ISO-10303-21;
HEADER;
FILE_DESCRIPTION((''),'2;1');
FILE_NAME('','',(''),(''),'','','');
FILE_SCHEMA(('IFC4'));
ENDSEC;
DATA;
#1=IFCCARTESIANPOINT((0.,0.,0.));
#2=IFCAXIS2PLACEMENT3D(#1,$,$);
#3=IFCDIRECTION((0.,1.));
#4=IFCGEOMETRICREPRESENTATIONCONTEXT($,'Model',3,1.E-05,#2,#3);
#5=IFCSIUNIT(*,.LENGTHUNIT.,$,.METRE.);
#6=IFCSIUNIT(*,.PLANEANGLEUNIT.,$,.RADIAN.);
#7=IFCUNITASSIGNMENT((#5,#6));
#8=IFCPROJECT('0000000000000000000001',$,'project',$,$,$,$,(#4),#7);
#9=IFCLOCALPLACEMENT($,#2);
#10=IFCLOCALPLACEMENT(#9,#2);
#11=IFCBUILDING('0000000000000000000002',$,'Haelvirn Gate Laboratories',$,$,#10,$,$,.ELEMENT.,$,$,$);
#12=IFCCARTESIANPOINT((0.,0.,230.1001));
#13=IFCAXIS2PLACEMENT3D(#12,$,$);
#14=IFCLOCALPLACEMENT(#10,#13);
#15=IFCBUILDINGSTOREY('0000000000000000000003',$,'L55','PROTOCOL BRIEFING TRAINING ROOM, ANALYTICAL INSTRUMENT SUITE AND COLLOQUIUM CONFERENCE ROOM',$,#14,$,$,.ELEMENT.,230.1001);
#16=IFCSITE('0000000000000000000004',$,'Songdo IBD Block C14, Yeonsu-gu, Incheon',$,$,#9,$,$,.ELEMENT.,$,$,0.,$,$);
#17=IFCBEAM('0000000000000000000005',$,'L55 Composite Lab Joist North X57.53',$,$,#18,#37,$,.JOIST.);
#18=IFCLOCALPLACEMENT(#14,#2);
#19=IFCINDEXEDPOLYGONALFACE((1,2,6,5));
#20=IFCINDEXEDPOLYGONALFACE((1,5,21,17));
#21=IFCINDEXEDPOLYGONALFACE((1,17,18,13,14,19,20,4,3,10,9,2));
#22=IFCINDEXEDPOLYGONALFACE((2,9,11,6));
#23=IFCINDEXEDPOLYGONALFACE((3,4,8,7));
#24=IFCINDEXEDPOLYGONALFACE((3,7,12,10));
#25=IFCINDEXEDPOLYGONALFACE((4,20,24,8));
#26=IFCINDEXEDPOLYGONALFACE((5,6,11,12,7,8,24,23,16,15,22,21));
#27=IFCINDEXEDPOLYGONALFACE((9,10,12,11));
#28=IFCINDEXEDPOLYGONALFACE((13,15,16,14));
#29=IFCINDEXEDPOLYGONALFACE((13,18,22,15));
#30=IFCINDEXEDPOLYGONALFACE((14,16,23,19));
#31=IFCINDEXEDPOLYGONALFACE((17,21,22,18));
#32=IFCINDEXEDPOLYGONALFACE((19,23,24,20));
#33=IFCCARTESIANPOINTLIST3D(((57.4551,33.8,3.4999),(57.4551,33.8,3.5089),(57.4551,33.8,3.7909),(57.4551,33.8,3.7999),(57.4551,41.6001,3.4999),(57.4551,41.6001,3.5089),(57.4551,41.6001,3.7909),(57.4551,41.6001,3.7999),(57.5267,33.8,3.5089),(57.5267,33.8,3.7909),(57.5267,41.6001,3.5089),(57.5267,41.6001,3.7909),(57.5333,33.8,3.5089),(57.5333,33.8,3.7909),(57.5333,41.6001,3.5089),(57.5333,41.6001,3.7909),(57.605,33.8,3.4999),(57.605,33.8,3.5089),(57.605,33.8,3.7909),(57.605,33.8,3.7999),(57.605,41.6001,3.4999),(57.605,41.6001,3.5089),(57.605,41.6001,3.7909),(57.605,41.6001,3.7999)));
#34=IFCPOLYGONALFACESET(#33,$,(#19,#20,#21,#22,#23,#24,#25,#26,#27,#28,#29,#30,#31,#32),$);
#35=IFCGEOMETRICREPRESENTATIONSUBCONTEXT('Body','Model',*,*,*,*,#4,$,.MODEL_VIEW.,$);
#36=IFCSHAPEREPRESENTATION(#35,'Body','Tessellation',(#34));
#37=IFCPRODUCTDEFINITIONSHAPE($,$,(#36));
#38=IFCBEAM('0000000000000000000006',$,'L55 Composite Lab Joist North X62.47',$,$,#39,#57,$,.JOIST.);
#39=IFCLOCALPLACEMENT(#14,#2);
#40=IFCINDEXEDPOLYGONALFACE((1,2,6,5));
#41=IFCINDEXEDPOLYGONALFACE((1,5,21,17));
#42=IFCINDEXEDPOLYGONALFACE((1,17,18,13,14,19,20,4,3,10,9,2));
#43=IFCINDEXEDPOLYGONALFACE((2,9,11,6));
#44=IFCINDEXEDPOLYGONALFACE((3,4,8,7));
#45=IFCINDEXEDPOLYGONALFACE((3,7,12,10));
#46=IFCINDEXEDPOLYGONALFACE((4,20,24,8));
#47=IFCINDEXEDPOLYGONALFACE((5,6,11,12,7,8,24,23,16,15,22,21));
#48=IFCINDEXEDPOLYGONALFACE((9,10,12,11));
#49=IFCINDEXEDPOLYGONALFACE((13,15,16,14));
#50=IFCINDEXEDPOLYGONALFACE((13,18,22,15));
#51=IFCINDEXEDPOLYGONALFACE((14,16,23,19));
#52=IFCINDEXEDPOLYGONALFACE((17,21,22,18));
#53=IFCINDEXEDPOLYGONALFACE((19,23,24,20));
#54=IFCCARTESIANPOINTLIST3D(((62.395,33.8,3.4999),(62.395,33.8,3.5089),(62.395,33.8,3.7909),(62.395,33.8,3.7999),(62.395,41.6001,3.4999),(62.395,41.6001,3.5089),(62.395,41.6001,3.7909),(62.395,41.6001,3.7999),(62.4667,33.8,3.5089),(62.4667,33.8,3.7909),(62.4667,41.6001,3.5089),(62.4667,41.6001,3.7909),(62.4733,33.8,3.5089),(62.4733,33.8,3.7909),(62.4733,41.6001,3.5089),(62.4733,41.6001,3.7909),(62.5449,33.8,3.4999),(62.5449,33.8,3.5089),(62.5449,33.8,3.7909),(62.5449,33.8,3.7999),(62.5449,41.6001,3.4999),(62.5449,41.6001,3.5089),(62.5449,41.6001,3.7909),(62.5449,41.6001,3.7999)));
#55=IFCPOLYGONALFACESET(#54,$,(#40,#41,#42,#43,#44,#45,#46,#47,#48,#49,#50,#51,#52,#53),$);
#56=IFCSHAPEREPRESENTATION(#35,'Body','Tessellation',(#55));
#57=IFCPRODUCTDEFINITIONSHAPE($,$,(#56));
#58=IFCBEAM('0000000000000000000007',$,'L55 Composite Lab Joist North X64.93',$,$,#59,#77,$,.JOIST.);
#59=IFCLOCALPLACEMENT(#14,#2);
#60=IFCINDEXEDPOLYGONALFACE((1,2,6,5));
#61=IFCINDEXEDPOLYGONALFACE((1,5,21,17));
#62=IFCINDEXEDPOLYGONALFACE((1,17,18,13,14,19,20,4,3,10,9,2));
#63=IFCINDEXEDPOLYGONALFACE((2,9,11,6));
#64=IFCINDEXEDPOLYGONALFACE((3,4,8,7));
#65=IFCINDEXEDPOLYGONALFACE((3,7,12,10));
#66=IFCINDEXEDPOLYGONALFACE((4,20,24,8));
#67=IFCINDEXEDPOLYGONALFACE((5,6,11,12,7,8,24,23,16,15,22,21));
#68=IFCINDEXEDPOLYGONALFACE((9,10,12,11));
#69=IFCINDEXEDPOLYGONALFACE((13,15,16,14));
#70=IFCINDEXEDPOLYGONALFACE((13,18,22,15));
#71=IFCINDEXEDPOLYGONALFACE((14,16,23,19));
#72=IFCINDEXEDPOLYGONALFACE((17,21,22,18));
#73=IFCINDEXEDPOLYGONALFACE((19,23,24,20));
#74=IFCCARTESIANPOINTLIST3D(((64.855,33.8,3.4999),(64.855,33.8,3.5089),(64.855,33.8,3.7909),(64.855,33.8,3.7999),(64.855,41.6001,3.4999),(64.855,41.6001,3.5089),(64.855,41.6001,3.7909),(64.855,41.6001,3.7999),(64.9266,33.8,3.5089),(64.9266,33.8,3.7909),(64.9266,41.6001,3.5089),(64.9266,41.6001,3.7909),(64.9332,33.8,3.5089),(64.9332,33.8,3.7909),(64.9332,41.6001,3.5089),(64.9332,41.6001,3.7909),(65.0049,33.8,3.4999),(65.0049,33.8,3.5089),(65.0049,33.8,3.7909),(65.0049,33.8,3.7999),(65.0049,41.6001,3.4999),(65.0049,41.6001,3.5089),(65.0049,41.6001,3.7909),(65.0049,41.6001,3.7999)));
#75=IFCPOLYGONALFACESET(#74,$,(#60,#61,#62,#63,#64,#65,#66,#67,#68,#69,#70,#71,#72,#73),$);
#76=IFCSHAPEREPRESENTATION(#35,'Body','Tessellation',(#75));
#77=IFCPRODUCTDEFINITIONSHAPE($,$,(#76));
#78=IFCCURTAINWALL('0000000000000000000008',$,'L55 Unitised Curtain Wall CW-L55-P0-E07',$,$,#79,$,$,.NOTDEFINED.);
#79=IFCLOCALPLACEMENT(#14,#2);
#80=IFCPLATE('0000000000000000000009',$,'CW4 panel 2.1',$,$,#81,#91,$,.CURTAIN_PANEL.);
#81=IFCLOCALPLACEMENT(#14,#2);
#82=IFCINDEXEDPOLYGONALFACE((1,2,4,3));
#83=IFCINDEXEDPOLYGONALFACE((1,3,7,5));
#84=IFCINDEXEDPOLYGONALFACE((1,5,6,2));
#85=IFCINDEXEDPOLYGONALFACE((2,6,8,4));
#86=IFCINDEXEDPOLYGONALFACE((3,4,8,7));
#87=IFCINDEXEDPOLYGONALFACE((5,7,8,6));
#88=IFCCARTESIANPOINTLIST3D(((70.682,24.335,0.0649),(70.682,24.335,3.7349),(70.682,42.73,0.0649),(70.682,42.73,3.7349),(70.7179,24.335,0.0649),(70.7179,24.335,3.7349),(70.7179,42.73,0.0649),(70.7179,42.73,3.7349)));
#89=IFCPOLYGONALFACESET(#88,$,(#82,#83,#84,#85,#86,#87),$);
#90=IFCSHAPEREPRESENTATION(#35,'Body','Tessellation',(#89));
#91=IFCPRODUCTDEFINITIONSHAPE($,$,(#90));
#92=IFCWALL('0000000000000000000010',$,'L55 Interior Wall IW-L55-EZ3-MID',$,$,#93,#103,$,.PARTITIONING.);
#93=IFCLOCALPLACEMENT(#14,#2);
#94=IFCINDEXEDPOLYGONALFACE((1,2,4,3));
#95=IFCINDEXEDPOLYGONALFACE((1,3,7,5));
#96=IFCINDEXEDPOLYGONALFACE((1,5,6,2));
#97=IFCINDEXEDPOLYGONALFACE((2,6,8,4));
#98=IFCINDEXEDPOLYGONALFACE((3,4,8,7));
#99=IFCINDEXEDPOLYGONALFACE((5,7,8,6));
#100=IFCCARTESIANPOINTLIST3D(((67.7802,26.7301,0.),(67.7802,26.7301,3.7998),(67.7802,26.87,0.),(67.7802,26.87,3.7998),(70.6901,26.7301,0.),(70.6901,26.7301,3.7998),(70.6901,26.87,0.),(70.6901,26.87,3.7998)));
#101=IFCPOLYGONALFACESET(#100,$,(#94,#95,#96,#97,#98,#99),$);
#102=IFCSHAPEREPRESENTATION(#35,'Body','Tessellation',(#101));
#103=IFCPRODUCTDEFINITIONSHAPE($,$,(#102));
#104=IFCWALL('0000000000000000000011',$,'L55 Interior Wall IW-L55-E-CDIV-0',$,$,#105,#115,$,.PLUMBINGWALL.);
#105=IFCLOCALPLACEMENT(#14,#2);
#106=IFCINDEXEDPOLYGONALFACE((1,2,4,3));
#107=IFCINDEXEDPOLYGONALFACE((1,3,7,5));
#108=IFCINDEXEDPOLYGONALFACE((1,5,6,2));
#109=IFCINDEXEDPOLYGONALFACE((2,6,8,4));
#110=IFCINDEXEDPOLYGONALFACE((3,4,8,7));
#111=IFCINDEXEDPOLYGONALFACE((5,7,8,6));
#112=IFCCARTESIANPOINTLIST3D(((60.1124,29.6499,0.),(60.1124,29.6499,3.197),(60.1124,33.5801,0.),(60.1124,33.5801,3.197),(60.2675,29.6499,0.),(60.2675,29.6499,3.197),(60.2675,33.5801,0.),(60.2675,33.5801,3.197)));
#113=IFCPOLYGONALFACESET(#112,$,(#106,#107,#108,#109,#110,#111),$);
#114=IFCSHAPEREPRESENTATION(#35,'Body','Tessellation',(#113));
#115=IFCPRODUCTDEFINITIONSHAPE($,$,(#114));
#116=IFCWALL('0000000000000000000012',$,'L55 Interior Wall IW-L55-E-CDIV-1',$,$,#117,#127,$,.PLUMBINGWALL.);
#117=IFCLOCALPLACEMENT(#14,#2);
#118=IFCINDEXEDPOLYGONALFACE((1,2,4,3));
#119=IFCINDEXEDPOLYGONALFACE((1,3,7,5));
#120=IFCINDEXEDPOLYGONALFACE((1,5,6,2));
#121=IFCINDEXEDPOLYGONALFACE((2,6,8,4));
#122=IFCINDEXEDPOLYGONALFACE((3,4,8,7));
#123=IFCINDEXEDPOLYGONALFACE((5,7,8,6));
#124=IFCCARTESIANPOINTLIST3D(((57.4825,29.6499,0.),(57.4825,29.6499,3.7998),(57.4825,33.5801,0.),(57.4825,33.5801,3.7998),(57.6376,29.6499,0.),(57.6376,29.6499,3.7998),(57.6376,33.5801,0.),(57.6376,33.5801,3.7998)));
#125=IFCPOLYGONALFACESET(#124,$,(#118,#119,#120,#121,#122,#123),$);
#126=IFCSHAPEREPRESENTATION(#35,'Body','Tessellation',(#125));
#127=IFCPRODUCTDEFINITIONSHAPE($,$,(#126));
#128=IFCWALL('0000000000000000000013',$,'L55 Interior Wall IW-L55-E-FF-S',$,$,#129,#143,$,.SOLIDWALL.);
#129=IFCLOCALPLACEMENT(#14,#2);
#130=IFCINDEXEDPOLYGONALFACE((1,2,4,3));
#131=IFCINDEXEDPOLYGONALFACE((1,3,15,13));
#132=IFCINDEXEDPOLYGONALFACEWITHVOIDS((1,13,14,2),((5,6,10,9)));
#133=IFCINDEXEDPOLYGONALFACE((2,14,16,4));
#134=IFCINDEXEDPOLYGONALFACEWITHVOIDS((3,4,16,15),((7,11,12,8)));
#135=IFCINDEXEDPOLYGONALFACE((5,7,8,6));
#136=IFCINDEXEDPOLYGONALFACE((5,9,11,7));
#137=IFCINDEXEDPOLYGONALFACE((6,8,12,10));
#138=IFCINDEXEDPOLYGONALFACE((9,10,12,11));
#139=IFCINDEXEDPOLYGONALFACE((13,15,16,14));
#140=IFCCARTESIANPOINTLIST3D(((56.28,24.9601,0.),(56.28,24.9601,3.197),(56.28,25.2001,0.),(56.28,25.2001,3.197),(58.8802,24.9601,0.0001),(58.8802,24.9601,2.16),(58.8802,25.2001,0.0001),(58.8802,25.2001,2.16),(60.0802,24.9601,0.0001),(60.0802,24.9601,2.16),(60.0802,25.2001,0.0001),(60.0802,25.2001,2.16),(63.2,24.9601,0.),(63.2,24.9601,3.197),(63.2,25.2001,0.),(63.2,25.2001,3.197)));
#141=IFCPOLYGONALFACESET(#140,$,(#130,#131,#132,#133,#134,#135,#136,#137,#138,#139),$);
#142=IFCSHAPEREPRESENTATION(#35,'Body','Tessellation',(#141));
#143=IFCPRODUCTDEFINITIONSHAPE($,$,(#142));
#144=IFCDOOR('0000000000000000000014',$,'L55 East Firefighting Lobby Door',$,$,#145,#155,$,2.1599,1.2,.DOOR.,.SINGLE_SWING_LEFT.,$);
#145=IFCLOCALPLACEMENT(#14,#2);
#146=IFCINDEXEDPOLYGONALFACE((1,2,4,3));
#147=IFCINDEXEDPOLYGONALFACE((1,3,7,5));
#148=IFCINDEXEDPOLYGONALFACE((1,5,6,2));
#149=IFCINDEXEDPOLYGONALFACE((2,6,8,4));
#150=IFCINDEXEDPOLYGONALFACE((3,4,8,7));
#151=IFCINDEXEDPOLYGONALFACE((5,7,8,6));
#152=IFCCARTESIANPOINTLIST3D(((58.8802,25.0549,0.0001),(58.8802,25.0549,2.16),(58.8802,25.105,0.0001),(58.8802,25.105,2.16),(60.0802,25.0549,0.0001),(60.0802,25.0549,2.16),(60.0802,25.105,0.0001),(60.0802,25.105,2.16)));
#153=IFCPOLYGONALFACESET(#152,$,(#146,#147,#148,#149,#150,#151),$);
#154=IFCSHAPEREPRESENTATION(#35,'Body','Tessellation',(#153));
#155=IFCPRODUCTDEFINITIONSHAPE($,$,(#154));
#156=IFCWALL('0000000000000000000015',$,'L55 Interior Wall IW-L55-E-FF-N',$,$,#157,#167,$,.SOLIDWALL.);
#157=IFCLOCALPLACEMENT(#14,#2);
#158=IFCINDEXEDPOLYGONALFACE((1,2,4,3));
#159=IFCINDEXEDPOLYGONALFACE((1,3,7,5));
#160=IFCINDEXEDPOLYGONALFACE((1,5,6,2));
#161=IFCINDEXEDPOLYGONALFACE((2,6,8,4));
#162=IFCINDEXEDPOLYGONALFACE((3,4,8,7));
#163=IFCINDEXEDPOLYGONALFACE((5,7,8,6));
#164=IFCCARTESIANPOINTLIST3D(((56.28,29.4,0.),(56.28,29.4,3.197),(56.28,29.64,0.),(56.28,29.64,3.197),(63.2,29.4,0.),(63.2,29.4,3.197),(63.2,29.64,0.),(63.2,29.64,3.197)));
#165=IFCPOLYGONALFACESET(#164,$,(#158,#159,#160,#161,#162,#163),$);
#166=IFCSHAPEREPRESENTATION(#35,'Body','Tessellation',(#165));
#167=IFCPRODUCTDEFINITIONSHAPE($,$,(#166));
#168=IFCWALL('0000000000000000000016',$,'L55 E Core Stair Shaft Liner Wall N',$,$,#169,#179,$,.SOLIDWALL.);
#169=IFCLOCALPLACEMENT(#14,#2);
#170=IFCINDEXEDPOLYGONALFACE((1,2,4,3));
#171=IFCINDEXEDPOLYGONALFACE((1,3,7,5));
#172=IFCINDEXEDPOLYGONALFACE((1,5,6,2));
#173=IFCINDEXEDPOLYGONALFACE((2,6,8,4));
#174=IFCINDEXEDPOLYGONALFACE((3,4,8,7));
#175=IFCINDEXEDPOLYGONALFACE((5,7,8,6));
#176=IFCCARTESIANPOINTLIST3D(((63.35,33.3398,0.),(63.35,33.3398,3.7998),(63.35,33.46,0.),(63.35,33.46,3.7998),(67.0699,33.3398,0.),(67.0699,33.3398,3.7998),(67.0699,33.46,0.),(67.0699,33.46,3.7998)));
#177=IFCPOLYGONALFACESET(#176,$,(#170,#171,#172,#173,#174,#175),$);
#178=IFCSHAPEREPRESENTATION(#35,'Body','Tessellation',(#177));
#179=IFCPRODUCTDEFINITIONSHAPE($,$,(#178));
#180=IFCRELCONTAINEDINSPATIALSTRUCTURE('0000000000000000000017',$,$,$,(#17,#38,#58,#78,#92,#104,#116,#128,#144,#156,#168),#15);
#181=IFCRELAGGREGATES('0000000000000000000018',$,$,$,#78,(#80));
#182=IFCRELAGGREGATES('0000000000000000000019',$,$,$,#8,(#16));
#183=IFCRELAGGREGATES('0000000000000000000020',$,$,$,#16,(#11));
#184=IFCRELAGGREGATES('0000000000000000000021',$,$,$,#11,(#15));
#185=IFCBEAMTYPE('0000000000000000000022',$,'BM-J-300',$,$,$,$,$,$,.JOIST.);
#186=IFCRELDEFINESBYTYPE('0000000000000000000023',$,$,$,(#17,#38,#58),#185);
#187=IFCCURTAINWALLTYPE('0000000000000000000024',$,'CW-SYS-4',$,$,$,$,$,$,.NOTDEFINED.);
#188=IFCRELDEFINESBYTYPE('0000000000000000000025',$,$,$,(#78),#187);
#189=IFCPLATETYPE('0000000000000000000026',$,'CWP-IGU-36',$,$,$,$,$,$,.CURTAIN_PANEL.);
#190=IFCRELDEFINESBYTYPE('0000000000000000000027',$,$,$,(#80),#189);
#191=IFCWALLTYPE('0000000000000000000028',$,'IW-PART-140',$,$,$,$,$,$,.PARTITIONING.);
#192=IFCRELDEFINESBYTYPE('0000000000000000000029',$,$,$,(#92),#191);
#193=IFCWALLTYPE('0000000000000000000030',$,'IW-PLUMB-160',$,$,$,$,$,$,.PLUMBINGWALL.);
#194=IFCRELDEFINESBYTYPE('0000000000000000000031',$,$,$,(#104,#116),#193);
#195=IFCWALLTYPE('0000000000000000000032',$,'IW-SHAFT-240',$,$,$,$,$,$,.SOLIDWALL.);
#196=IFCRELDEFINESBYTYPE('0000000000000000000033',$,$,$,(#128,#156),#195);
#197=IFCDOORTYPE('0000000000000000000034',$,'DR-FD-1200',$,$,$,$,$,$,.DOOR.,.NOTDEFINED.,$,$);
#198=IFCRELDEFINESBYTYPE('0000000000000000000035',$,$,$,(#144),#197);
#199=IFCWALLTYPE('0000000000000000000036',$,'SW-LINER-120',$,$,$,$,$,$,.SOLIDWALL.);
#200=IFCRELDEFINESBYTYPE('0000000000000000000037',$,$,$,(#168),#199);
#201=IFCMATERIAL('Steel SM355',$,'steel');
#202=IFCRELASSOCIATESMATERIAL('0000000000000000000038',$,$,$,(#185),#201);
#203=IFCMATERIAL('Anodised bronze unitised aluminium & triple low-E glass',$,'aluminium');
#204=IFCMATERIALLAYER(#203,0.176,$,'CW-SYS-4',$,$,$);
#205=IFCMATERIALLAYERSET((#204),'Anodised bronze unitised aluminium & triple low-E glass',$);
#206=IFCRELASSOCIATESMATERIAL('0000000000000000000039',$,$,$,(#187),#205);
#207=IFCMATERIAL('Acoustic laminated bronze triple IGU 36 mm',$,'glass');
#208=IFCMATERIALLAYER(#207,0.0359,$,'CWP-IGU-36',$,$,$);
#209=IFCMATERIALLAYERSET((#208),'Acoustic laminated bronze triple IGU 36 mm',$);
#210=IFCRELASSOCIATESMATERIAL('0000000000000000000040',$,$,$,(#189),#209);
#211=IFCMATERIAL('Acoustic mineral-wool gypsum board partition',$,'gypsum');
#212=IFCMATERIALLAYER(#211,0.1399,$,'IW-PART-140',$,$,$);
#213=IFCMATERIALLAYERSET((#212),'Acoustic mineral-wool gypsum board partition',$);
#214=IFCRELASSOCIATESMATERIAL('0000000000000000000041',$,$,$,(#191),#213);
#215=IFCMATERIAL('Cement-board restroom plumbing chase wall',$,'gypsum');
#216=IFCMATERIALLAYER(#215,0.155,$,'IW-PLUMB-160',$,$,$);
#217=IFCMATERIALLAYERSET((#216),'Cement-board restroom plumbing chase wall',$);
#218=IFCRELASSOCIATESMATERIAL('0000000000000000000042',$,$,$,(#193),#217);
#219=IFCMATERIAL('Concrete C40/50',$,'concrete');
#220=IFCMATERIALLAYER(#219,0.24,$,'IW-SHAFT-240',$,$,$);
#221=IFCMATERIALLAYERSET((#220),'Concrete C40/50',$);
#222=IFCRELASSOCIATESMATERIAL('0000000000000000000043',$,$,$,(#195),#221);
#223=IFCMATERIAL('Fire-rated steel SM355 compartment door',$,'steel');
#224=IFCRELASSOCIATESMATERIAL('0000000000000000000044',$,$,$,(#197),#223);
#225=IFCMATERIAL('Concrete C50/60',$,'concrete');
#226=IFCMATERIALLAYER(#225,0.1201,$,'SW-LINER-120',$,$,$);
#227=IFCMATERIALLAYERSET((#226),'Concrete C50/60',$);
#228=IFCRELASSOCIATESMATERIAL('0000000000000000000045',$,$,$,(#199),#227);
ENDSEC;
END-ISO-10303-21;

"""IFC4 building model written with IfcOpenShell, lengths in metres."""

from ifc_helpers import new_model, si_unit, direction, frame, frame_2d, origin, origin_2d, place, context, subcontext, project, spatial, rectangle, i_section, extrude, source, transform, mapped, material, layer, layer_set, material_profile, profile_set, type_object, type_shapes, element, fill, aggregate, save


model = new_model("IFC4")

# Units and contexts
model_context = context("Model", 3, precision=1e-05, world=origin(), true_north=direction((0.0, 1.0)))
body_context = subcontext(model_context, "Body", "Model", "MODEL_VIEW")
ifc_project = project(units=[si_unit("LENGTHUNIT", "METRE"), si_unit("PLANEANGLEUNIT", "RADIAN")], contexts=[model_context])

# Site, building, storey
site_placement = place(None, origin())
site = spatial("IfcSite", under=ifc_project, at=site_placement, Name="Songdo IBD Block C14, Yeonsu-gu, Incheon", CompositionType="ELEMENT", RefElevation=0.0)
building_placement = place(site_placement, origin())
building = spatial("IfcBuilding", under=site, at=building_placement, Name="Haelvirn Gate Laboratories", CompositionType="ELEMENT")
storey_placement = place(building_placement, frame((0.0, 0.0, 230.1001)))
storey = spatial("IfcBuildingStorey", under=building, at=storey_placement, Name="L55", Description="PROTOCOL BRIEFING TRAINING ROOM, ANALYTICAL INSTRUMENT SUITE AND COLLOQUIUM CONFERENCE ROOM", CompositionType="ELEMENT", Elevation=230.1001)

# Beams
ifc_material_1 = material(Name="Steel SM355", Category="steel")
ifc_material_profile = material_profile(ifc_material_1, i_section(OverallWidth=0.1499, OverallDepth=0.3, WebThickness=0.0066, FlangeThickness=0.009, at=origin_2d()), Name="H-300x150x6.5x9")
ifc_profile_set = profile_set([ifc_material_profile], Name="Steel SM355")
beam_type = type_object("IfcBeamType", Name="BM-J-300", PredefinedType="JOIST", material=ifc_profile_set)
shared_shape_1 = source(origin(), body_context, "Body", "SweptSolid", [
    extrude(i_section(OverallWidth=0.1499, OverallDepth=0.3, WebThickness=0.0066, FlangeThickness=0.009, at=origin_2d()), origin(), (0.0, 0.0, 1.0), 7.8),
])
type_shapes(beam_type, [shared_shape_1])
for number, where, z_axis, x_axis, name in (
    (1, (57.53, 33.8, 3.6499), (0.0, 1.0, 0.0), (-1.0, 0.0, 0.0), "L55 Composite Lab Joist North X57.53"),
    (2, (62.47, 33.8, 3.6499), (0.0, 1.0, 0.0), (-1.0, 0.0, 0.0), "L55 Composite Lab Joist North X62.47"),
    (3, (64.9299, 33.8, 3.6499), (0.0, 1.0, 0.0), (-1.0, 0.0, 0.0), "L55 Composite Lab Joist North X64.93"),
):
    element("IfcBeam", number, at=place(storey_placement, frame(where, z_axis=z_axis, x_axis=x_axis)), inside=storey, type_object=beam_type, Name=name, PredefinedType="JOIST", context=body_context, shape_type="MappedRepresentation", body=[
        mapped(shared_shape_1, transform((0.0, 0.0, 0.0), scale=1.0)),
    ])

# Curtain wall, plate
ifc_material_2 = material(Name="Anodised bronze unitised aluminium & triple low-E glass", Category="aluminium")
ifc_layer_1 = layer(ifc_material_2, 0.176, Name="CW-SYS-4")
ifc_layer_set_1 = layer_set([ifc_layer_1], Name="Anodised bronze unitised aluminium & triple low-E glass")
curtain_wall_type = type_object("IfcCurtainWallType", Name="CW-SYS-4", PredefinedType="NOTDEFINED", material=ifc_layer_set_1)
curtain_wall_placement = place(storey_placement, origin())
curtain_wall = element("IfcCurtainWall", 4, at=curtain_wall_placement, inside=storey, type_object=curtain_wall_type, Name="L55 Unitised Curtain Wall CW-L55-P0-E07", PredefinedType="NOTDEFINED")
ifc_material_3 = material(Name="Acoustic laminated bronze triple IGU 36 mm", Category="glass")
ifc_layer_2 = layer(ifc_material_3, 0.0359, Name="CWP-IGU-36")
ifc_layer_set_2 = layer_set([ifc_layer_2], Name="Acoustic laminated bronze triple IGU 36 mm")
plate_type = type_object("IfcPlateType", Name="CWP-IGU-36", PredefinedType="CURTAIN_PANEL", material=ifc_layer_set_2)
shared_shape_2 = source(origin(), body_context, "Body", "SweptSolid", [
    extrude(rectangle(XDim=18.395, YDim=0.0359, at=origin_2d()), origin(), (0.0, 0.0, 1.0), 3.6699),
])
type_shapes(plate_type, [shared_shape_2])
plate_placement = place(storey_placement, frame((70.7, 33.5325, 0.0649), z_axis=(0.0, 0.0, 1.0), x_axis=(0.0, 1.0, 0.0)))
plate = element("IfcPlate", 5, at=plate_placement, type_object=plate_type, Name="CW4 panel 2.1", PredefinedType="CURTAIN_PANEL", context=body_context, shape_type="MappedRepresentation", body=[
    mapped(shared_shape_2, transform((0.0, 0.0, 0.0), scale=1.0)),
])
aggregate(curtain_wall, [plate])

# Walls
ifc_material_4 = material(Name="Acoustic mineral-wool gypsum board partition", Category="gypsum")
ifc_layer_3 = layer(ifc_material_4, 0.1399, Name="IW-PART-140")
ifc_layer_set_3 = layer_set([ifc_layer_3], Name="Acoustic mineral-wool gypsum board partition")
wall_type_1 = type_object("IfcWallType", Name="IW-PART-140", PredefinedType="PARTITIONING", material=ifc_layer_set_3)
wall_1_placement = place(storey_placement, frame((67.78, 26.8, 0.0), z_axis=(0.0, 0.0, 1.0), x_axis=(1.0, 0.0, 0.0)))
element("IfcWall", 6, at=wall_1_placement, inside=storey, type_object=wall_type_1, Name="L55 Interior Wall IW-L55-EZ3-MID", PredefinedType="PARTITIONING", context=body_context, shape_type="SweptSolid", body=[
    extrude(rectangle(XDim=2.9099, YDim=0.1399, at=frame_2d((1.4551, 0.0))), origin(), (0.0, 0.0, 1.0), 3.7998),
])
ifc_material_5 = material(Name="Cement-board restroom plumbing chase wall", Category="gypsum")
ifc_layer_4 = layer(ifc_material_5, 0.155, Name="IW-PLUMB-160")
ifc_layer_set_4 = layer_set([ifc_layer_4], Name="Cement-board restroom plumbing chase wall")
wall_type_2 = type_object("IfcWallType", Name="IW-PLUMB-160", PredefinedType="PLUMBINGWALL", material=ifc_layer_set_4)
wall_2_placement = place(storey_placement, frame((60.1899, 29.6499, 0.0), z_axis=(0.0, 0.0, 1.0), x_axis=(0.0, 1.0, 0.0)))
element("IfcWall", 7, at=wall_2_placement, inside=storey, type_object=wall_type_2, Name="L55 Interior Wall IW-L55-E-CDIV-0", PredefinedType="PLUMBINGWALL", context=body_context, shape_type="SweptSolid", body=[
    extrude(rectangle(XDim=3.9302, YDim=0.155, at=frame_2d((1.9651, 0.0))), origin(), (0.0, 0.0, 1.0), 3.197),
])
wall_3_placement = place(storey_placement, frame((57.5601, 29.6499, 0.0), z_axis=(0.0, 0.0, 1.0), x_axis=(0.0, 1.0, 0.0)))
element("IfcWall", 8, at=wall_3_placement, inside=storey, type_object=wall_type_2, Name="L55 Interior Wall IW-L55-E-CDIV-1", PredefinedType="PLUMBINGWALL", context=body_context, shape_type="SweptSolid", body=[
    extrude(rectangle(XDim=3.9302, YDim=0.155, at=frame_2d((1.9651, 0.0))), origin(), (0.0, 0.0, 1.0), 3.7998),
])

# Wall, opening, door
ifc_material_6 = material(Name="Concrete C40/50", Category="concrete")
ifc_layer_5 = layer(ifc_material_6, 0.24, Name="IW-SHAFT-240")
ifc_layer_set_5 = layer_set([ifc_layer_5], Name="Concrete C40/50")
wall_type_3 = type_object("IfcWallType", Name="IW-SHAFT-240", PredefinedType="SOLIDWALL", material=ifc_layer_set_5)
wall_4_placement = place(storey_placement, frame((56.28, 25.0801, 0.0), z_axis=(0.0, 0.0, 1.0), x_axis=(1.0, 0.0, 0.0)))
wall_4 = element("IfcWall", 9, at=wall_4_placement, inside=storey, type_object=wall_type_3, Name="L55 Interior Wall IW-L55-E-FF-S", PredefinedType="SOLIDWALL", context=body_context, shape_type="SweptSolid", body=[
    extrude(rectangle(XDim=6.9199, YDim=0.24, at=frame_2d((3.46, 0.0))), origin(), (0.0, 0.0, 1.0), 3.197),
])
opening_placement = place(wall_4_placement, frame((2.6001, 0.0, 0.0)))
opening = element("IfcOpeningElement", 10, at=opening_placement, cuts=wall_4, PredefinedType="OPENING", context=body_context, shape_type="SweptSolid", body=[
    extrude(rectangle(XDim=1.2, YDim=2.1599, at=frame_2d((0.6001, 1.0801))), frame((0.0, 0.1299, 0.0), z_axis=(0.0, -1.0, 0.0), x_axis=(1.0, 0.0, 0.0)), (0.0, 0.0, 1.0), 0.26),
])
ifc_material_7 = material(Name="Fire-rated steel SM355 compartment door", Category="steel")
door_type = type_object("IfcDoorType", Name="DR-FD-1200", OperationType="NOTDEFINED", PredefinedType="DOOR", material=ifc_material_7)
shared_shape_3 = source(origin(), body_context, "Body", "SweptSolid", [
    extrude(rectangle(XDim=1.2, YDim=2.1599, at=frame_2d((0.6001, 1.0801))), frame((0.0, 0.0249, 0.0), z_axis=(0.0, -1.0, 0.0), x_axis=(1.0, 0.0, 0.0)), (0.0, 0.0, 1.0), 0.05),
])
type_shapes(door_type, [shared_shape_3])
door_placement = place(opening_placement, origin())
door = element("IfcDoor", 11, at=door_placement, inside=storey, type_object=door_type, Name="L55 East Firefighting Lobby Door", OperationType="SINGLE_SWING_LEFT", OverallHeight=2.1599, OverallWidth=1.2, PredefinedType="DOOR", context=body_context, shape_type="MappedRepresentation", body=[
    mapped(shared_shape_3, transform((0.0, 0.0, 0.0), scale=1.0)),
])
fill(opening, door)

# Walls
wall_5_placement = place(storey_placement, frame((56.28, 29.52, 0.0), z_axis=(0.0, 0.0, 1.0), x_axis=(1.0, 0.0, 0.0)))
element("IfcWall", 12, at=wall_5_placement, inside=storey, type_object=wall_type_3, Name="L55 Interior Wall IW-L55-E-FF-N", PredefinedType="SOLIDWALL", context=body_context, shape_type="SweptSolid", body=[
    extrude(rectangle(XDim=6.9199, YDim=0.24, at=frame_2d((3.46, 0.0))), origin(), (0.0, 0.0, 1.0), 3.197),
])
ifc_material_8 = material(Name="Concrete C50/60", Category="concrete")
ifc_layer_6 = layer(ifc_material_8, 0.1201, Name="SW-LINER-120")
ifc_layer_set_6 = layer_set([ifc_layer_6], Name="Concrete C50/60")
wall_type_4 = type_object("IfcWallType", Name="SW-LINER-120", PredefinedType="SOLIDWALL", material=ifc_layer_set_6)
wall_6_placement = place(storey_placement, frame((63.3501, 33.3999, 0.0), z_axis=(0.0, 0.0, 1.0), x_axis=(1.0, 0.0, 0.0)))
element("IfcWall", 13, at=wall_6_placement, inside=storey, type_object=wall_type_4, Name="L55 E Core Stair Shaft Liner Wall N", PredefinedType="SOLIDWALL", context=body_context, shape_type="SweptSolid", body=[
    extrude(rectangle(XDim=3.72, YDim=0.1201, at=frame_2d((1.8599, 0.0))), origin(), (0.0, 0.0, 1.0), 3.7998),
])

save(model, "model.ifc")
